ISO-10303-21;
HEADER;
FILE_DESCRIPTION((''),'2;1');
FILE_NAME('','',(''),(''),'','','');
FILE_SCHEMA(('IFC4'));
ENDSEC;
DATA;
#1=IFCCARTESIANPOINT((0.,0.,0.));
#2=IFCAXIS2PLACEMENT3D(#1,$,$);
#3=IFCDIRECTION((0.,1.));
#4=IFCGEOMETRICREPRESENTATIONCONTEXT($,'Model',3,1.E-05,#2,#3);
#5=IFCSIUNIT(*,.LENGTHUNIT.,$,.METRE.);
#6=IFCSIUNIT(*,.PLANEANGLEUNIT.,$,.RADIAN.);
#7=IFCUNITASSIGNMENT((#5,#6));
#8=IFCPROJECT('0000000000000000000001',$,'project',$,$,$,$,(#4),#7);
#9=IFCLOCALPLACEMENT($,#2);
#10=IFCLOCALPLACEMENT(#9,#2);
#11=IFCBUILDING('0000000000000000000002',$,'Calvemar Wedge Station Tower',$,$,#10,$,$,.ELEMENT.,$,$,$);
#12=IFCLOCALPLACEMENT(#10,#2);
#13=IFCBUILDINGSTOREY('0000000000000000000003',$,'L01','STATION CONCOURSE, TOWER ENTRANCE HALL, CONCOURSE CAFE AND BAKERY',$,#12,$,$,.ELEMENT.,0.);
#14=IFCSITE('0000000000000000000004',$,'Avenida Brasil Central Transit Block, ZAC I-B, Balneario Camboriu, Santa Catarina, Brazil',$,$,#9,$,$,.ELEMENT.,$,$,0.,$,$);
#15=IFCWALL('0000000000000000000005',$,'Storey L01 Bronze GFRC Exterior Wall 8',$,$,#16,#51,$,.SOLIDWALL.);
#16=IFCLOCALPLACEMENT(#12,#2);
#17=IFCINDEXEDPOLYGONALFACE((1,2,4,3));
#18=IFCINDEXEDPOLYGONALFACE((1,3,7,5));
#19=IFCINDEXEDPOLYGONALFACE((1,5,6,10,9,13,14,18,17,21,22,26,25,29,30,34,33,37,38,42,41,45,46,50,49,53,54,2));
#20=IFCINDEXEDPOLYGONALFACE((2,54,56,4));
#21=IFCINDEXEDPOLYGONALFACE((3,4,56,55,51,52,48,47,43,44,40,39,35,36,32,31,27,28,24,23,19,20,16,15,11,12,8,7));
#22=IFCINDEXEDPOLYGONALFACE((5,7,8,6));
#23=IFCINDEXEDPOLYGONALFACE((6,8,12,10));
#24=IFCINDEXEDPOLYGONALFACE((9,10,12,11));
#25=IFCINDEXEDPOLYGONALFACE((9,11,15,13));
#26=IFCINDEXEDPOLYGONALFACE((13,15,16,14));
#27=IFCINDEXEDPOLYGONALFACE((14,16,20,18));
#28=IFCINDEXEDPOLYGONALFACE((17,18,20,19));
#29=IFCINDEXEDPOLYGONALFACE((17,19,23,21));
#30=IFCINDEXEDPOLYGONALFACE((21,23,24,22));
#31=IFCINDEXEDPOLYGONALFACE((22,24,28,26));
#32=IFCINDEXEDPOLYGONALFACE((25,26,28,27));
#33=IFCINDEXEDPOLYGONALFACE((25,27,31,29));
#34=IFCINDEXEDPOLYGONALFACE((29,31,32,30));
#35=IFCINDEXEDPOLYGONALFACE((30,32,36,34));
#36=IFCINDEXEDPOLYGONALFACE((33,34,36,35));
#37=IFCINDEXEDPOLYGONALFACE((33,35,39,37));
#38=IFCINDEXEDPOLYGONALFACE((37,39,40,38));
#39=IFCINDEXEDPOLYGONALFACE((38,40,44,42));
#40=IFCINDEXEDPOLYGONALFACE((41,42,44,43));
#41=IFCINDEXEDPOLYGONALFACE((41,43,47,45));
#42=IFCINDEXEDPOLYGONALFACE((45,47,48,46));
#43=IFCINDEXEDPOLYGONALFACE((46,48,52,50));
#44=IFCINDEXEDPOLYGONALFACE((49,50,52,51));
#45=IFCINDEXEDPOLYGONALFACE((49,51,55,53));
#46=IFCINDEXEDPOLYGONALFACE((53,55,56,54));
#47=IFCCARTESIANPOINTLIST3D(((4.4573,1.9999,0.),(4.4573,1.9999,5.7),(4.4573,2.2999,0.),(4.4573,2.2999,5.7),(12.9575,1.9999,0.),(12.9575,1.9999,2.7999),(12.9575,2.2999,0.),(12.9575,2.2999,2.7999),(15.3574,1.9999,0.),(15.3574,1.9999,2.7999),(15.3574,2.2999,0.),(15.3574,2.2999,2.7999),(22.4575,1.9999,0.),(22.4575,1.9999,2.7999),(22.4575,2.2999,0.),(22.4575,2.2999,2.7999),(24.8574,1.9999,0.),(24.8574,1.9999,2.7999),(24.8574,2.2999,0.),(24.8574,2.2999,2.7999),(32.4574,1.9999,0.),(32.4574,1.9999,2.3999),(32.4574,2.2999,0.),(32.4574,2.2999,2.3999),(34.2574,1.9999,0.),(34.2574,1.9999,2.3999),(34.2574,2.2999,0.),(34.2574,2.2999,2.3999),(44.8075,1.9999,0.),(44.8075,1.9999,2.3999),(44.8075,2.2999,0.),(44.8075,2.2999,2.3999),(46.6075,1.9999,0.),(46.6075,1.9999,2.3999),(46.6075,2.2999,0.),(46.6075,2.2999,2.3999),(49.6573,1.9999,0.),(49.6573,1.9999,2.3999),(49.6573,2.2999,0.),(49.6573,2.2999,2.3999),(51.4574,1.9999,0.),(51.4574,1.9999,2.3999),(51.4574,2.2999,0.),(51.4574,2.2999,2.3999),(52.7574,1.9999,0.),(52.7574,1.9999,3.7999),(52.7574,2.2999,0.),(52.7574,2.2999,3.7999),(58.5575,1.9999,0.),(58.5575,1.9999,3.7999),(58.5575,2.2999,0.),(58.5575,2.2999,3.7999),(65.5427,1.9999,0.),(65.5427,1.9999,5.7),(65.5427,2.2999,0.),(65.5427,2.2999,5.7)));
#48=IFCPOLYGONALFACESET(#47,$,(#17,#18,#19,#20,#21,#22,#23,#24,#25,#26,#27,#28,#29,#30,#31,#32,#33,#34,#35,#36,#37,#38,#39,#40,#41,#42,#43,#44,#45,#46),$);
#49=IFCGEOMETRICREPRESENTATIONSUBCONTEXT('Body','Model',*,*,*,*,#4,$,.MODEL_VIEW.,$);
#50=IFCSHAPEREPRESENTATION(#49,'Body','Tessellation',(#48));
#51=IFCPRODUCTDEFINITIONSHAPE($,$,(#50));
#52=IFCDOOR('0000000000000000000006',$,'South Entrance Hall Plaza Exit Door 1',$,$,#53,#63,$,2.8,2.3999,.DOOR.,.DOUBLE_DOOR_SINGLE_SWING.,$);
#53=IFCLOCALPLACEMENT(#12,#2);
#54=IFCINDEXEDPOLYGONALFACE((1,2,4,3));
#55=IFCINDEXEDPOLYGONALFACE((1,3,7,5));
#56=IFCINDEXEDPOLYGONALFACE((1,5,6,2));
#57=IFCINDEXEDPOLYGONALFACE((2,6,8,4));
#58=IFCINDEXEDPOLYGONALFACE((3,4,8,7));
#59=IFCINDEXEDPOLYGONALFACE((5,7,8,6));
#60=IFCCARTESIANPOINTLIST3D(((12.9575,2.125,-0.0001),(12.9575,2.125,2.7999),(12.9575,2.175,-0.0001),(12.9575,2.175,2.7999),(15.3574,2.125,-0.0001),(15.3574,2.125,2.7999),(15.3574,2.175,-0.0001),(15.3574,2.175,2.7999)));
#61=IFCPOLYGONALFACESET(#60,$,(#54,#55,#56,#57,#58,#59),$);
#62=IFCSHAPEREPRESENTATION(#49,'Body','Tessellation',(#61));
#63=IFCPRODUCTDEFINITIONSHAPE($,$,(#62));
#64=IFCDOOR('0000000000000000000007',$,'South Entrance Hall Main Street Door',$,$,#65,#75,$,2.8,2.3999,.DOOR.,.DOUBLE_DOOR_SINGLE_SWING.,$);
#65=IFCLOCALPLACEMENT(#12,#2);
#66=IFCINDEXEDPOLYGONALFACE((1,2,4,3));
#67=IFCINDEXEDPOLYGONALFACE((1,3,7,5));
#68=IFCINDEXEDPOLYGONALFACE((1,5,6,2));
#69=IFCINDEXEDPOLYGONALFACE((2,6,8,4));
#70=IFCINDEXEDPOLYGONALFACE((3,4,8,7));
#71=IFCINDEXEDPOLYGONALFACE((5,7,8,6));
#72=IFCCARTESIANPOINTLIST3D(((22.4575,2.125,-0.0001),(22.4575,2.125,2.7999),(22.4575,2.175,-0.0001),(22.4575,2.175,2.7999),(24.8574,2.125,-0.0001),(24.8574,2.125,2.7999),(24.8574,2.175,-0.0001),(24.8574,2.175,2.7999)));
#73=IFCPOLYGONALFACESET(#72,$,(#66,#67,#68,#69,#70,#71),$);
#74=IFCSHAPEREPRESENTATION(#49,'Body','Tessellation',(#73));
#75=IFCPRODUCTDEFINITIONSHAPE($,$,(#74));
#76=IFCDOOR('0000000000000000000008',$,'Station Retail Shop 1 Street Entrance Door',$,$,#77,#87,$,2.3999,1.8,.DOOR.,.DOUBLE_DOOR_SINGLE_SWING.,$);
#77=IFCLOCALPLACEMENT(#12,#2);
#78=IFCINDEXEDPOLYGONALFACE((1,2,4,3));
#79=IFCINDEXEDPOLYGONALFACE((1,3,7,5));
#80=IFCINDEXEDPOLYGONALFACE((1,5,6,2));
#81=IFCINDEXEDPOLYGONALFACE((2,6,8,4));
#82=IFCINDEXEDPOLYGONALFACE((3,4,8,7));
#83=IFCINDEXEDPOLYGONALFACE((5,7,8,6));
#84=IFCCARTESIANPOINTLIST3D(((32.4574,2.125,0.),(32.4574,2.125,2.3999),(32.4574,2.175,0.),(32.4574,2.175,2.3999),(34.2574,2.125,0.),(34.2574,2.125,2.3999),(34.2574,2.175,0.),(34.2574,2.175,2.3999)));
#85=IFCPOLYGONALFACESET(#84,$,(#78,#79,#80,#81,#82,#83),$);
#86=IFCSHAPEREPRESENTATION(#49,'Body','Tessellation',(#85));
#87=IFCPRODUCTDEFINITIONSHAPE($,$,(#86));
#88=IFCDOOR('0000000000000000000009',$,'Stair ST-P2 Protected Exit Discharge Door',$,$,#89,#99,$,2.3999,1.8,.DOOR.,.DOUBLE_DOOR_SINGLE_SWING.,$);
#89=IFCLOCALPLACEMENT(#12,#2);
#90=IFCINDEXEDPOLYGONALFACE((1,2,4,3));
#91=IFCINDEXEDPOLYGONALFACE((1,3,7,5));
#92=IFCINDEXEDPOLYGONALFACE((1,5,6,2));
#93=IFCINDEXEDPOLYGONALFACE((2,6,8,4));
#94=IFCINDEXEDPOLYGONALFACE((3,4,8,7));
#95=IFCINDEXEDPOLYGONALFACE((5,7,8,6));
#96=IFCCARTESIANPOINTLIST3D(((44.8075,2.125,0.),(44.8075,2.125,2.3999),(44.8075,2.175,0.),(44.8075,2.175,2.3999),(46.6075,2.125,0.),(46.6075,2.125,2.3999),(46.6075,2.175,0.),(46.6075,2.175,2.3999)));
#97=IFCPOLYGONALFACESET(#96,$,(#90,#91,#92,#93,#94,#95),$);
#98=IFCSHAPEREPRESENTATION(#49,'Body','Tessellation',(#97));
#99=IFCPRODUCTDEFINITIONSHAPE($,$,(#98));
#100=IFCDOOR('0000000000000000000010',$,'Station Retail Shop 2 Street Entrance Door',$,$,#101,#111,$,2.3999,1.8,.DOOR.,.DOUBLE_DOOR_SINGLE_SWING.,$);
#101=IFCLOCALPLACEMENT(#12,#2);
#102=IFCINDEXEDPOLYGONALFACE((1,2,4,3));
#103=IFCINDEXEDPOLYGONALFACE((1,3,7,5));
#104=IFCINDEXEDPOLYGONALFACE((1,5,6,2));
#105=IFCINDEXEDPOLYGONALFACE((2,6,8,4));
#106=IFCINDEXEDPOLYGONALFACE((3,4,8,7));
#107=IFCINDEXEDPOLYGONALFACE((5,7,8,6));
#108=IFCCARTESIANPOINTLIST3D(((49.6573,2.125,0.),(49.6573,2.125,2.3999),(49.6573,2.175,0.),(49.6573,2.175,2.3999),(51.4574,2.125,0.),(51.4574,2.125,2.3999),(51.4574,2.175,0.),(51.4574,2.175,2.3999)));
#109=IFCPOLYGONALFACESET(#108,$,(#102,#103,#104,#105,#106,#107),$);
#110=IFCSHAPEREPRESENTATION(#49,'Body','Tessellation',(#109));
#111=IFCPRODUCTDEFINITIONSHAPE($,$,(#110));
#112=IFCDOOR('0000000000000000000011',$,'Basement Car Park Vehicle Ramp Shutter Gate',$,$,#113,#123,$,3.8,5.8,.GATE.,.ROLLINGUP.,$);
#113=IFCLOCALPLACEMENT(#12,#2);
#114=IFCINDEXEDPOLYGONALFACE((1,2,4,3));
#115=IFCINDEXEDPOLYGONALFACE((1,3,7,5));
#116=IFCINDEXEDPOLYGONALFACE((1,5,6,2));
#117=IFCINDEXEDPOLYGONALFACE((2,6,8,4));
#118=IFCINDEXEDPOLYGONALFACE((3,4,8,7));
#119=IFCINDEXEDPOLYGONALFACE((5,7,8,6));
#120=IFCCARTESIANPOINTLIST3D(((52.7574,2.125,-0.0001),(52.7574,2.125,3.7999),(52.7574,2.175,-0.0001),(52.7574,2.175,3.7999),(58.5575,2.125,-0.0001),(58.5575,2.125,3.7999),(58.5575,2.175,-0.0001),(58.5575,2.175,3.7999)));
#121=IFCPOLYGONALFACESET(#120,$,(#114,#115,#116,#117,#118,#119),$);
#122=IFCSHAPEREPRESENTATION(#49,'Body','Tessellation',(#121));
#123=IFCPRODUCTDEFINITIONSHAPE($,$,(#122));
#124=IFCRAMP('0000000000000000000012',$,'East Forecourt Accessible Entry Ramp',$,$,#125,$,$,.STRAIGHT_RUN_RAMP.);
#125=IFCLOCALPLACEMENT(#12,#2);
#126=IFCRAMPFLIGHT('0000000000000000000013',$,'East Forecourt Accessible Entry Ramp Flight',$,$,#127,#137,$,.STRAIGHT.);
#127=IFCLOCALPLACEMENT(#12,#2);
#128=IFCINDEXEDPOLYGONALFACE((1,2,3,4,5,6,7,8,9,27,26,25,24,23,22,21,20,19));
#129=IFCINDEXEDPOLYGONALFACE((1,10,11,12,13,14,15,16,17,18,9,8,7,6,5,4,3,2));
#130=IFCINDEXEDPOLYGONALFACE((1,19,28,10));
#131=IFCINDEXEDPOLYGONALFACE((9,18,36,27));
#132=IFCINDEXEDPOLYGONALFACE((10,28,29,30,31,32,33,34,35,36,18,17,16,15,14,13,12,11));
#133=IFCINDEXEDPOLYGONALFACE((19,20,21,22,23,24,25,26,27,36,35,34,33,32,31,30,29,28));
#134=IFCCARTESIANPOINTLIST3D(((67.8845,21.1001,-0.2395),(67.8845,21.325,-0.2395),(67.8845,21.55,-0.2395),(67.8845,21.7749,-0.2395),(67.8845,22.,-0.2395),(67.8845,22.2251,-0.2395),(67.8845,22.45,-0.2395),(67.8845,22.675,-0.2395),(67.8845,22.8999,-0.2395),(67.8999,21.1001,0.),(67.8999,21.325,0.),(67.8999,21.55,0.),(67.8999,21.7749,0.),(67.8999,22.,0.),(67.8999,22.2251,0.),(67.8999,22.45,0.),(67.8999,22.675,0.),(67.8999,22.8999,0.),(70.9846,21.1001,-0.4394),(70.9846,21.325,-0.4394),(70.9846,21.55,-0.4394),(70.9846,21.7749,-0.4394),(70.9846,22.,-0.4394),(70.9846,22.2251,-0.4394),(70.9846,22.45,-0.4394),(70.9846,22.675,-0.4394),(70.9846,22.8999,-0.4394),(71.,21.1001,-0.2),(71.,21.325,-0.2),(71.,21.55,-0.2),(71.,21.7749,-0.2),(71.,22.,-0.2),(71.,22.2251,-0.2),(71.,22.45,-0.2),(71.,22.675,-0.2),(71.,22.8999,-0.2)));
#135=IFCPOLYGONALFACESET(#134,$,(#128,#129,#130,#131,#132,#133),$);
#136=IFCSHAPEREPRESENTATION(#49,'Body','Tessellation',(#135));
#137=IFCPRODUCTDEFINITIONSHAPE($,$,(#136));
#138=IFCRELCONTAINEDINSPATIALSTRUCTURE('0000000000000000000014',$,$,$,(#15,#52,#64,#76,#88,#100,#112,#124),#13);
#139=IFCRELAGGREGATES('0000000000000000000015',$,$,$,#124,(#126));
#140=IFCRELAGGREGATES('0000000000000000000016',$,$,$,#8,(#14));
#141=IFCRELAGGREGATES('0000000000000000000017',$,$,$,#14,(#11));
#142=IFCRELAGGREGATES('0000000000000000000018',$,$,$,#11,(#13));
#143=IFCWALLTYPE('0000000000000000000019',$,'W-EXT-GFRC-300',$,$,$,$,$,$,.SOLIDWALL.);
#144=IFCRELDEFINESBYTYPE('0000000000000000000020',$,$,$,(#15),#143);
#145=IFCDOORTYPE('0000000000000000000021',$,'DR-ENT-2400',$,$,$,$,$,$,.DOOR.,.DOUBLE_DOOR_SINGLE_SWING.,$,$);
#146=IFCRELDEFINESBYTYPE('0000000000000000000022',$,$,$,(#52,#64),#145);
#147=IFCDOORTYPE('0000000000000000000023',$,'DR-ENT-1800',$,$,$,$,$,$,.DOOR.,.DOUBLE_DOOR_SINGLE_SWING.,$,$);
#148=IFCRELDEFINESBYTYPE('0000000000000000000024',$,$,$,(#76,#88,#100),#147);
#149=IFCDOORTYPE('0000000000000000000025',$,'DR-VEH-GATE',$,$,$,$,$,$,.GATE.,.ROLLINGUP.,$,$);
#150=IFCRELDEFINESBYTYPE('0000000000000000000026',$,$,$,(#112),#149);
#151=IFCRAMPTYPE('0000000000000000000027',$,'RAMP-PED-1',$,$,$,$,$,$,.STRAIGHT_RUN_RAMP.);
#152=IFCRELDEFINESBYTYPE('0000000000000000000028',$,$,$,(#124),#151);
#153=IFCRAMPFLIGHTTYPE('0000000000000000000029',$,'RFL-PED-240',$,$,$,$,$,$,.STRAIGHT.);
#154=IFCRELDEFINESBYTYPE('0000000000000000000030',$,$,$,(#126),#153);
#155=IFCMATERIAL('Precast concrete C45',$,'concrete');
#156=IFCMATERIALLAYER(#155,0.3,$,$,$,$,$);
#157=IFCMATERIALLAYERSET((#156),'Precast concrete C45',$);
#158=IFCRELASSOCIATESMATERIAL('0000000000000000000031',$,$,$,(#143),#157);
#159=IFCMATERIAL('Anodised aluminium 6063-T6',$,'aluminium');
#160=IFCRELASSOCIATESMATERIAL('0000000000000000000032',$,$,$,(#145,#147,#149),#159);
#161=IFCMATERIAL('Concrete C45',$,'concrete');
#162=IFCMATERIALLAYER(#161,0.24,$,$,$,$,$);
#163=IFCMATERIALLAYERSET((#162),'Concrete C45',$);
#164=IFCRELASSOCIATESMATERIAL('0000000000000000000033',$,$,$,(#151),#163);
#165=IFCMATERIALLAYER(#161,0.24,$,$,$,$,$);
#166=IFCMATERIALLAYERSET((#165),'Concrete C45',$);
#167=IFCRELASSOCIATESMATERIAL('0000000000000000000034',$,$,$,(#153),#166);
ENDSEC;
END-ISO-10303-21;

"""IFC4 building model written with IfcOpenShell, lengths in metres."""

from ifc_helpers import new_model, si_unit, direction, frame, frame_2d, origin, place, context, subcontext, project, spatial, polyline, rectangle, outline, extrude, source, transform, mapped, material, layer, layer_set, type_object, element, fill, aggregate, save


model = new_model("IFC4")

# Units and contexts
model_context = context("Model", 3, precision=1e-05, world=origin(), true_north=direction((0.0, 1.0)))
body_context = subcontext(model_context, "Body", "Model", "MODEL_VIEW")
ifc_project = project(units=[si_unit("LENGTHUNIT", "METRE"), si_unit("PLANEANGLEUNIT", "RADIAN")], contexts=[model_context])

# Site, building, storey
site_placement = place(None, origin())
site = spatial("IfcSite", under=ifc_project, at=site_placement, Name="Avenida Brasil Central Transit Block, ZAC I-B, Balneario Camboriu, Santa Catarina, Brazil", CompositionType="ELEMENT", RefElevation=0.0)
building_placement = place(site_placement, origin())
building = spatial("IfcBuilding", under=site, at=building_placement, Name="Calvemar Wedge Station Tower", CompositionType="ELEMENT")
storey_placement = place(building_placement, origin())
storey = spatial("IfcBuildingStorey", under=building, at=storey_placement, Name="L01", Description="STATION CONCOURSE, TOWER ENTRANCE HALL, CONCOURSE CAFE AND BAKERY", CompositionType="ELEMENT", Elevation=0.0)

# Shared definitions
ifc_material_1 = material(Name="Concrete C45", Category="concrete")

# Shared definitions
ifc_material_2 = material(Name="Precast concrete C45", Category="concrete")
ifc_layer_1 = layer(ifc_material_2, 0.3)
ifc_layer_set_1 = layer_set([ifc_layer_1], Name="Precast concrete C45")
wall_type = type_object("IfcWallType", Name="W-EXT-GFRC-300", PredefinedType="SOLIDWALL", material=ifc_layer_set_1)

# Wall, openings, doors
wall_1_placement = place(storey_placement, frame((65.5427, 2.1499, 0.0), z_axis=(0.0, 0.0, 1.0), x_axis=(-1.0, 0.0, 0.0)))
wall_1 = element("IfcWall", 1, at=wall_1_placement, inside=storey, type_object=wall_type, Name="Storey L01 Bronze GFRC Exterior Wall 8", PredefinedType="SOLIDWALL", context=body_context, shape_type="SweptSolid", body=[
    extrude(rectangle(XDim=61.0854, YDim=0.3, at=frame_2d((30.5427, 0.0))), origin(), (0.0, 0.0, 1.0), 5.7),
])
shared_shape_1 = source(origin(), body_context, "Body", "SweptSolid", [
    extrude(rectangle(XDim=2.3999, YDim=2.8, at=frame_2d((1.2, 1.3999))), frame((0.0, 0.1602, 0.0), z_axis=(0.0, -1.0, 0.0), x_axis=(1.0, 0.0, 0.0)), (0.0, 0.0, 1.0), 0.3201),
])
opening_1_placement = place(wall_1_placement, frame((50.1853, 0.0, 0.0)))
opening_1 = element("IfcOpeningElement", 2, at=opening_1_placement, cuts=wall_1, PredefinedType="OPENING", context=body_context, shape_type="MappedRepresentation", body=[
    mapped(shared_shape_1, transform((0.0, 0.0, 0.0), scale=1.0)),
])
opening_2_placement = place(wall_1_placement, frame((40.6853, 0.0, 0.0)))
opening_2 = element("IfcOpeningElement", 3, at=opening_2_placement, cuts=wall_1, PredefinedType="OPENING", context=body_context, shape_type="MappedRepresentation", body=[
    mapped(shared_shape_1, transform((0.0, 0.0, 0.0), scale=1.0)),
])
shared_shape_2 = source(origin(), body_context, "Body", "SweptSolid", [
    extrude(rectangle(XDim=1.8, YDim=2.3999, at=frame_2d((0.8999, 1.2))), frame((0.0, 0.1602, 0.0), z_axis=(0.0, -1.0, 0.0), x_axis=(1.0, 0.0, 0.0)), (0.0, 0.0, 1.0), 0.3201),
])
opening_3_placement = place(wall_1_placement, frame((31.2854, 0.0, 0.0)))
opening_3 = element("IfcOpeningElement", 4, at=opening_3_placement, cuts=wall_1, PredefinedType="OPENING", context=body_context, shape_type="MappedRepresentation", body=[
    mapped(shared_shape_2, transform((0.0, 0.0, 0.0), scale=1.0)),
])
opening_4_placement = place(wall_1_placement, frame((18.9353, 0.0, 0.0)))
opening_4 = element("IfcOpeningElement", 5, at=opening_4_placement, cuts=wall_1, PredefinedType="OPENING", context=body_context, shape_type="MappedRepresentation", body=[
    mapped(shared_shape_2, transform((0.0, 0.0, 0.0), scale=1.0)),
])
opening_5_placement = place(wall_1_placement, frame((14.0854, 0.0, 0.0)))
opening_5 = element("IfcOpeningElement", 6, at=opening_5_placement, cuts=wall_1, PredefinedType="OPENING", context=body_context, shape_type="MappedRepresentation", body=[
    mapped(shared_shape_2, transform((0.0, 0.0, 0.0), scale=1.0)),
])
shared_shape_3 = source(origin(), body_context, "Body", "SweptSolid", [
    extrude(rectangle(XDim=5.8, YDim=3.8, at=frame_2d((2.8999, 1.8999))), frame((0.0, 0.1602, 0.0), z_axis=(0.0, -1.0, 0.0), x_axis=(1.0, 0.0, 0.0)), (0.0, 0.0, 1.0), 0.3201),
])
opening_6_placement = place(wall_1_placement, frame((6.9854, 0.0, 0.0)))
opening_6 = element("IfcOpeningElement", 7, at=opening_6_placement, cuts=wall_1, PredefinedType="OPENING", context=body_context, shape_type="MappedRepresentation", body=[
    mapped(shared_shape_3, transform((0.0, 0.0, 0.0), scale=1.0)),
])
ifc_material_3 = material(Name="Anodised aluminium 6063-T6", Category="aluminium")
door_type_1 = type_object("IfcDoorType", Name="DR-ENT-2400", OperationType="DOUBLE_DOOR_SINGLE_SWING", PredefinedType="DOOR", material=ifc_material_3)
shared_shape_4 = source(origin(), body_context, "Body", "SweptSolid", [
    extrude(rectangle(XDim=2.3999, YDim=2.8, at=frame_2d((1.2, 1.3999))), frame((0.0, 0.0249, 0.0), z_axis=(0.0, -1.0, 0.0), x_axis=(1.0, 0.0, 0.0)), (0.0, 0.0, 1.0), 0.05),
])
door_1_placement = place(opening_1_placement, origin())
door_1 = element("IfcDoor", 8, at=door_1_placement, inside=storey, type_object=door_type_1, Name="South Entrance Hall Plaza Exit Door 1", OperationType="DOUBLE_DOOR_SINGLE_SWING", OverallHeight=2.8, OverallWidth=2.3999, PredefinedType="DOOR", context=body_context, shape_type="MappedRepresentation", body=[
    mapped(shared_shape_4, transform((0.0, 0.0, 0.0), scale=1.0)),
])
fill(opening_1, door_1)
door_2_placement = place(opening_2_placement, origin())
door_2 = element("IfcDoor", 9, at=door_2_placement, inside=storey, type_object=door_type_1, Name="South Entrance Hall Main Street Door", OperationType="DOUBLE_DOOR_SINGLE_SWING", OverallHeight=2.8, OverallWidth=2.3999, PredefinedType="DOOR", context=body_context, shape_type="MappedRepresentation", body=[
    mapped(shared_shape_4, transform((0.0, 0.0, 0.0), scale=1.0)),
])
fill(opening_2, door_2)
door_type_2 = type_object("IfcDoorType", Name="DR-ENT-1800", OperationType="DOUBLE_DOOR_SINGLE_SWING", PredefinedType="DOOR", material=ifc_material_3)
shared_shape_5 = source(origin(), body_context, "Body", "SweptSolid", [
    extrude(rectangle(XDim=1.8, YDim=2.3999, at=frame_2d((0.8999, 1.2))), frame((0.0, 0.0249, 0.0), z_axis=(0.0, -1.0, 0.0), x_axis=(1.0, 0.0, 0.0)), (0.0, 0.0, 1.0), 0.05),
])
door_3_placement = place(opening_3_placement, origin())
door_3 = element("IfcDoor", 10, at=door_3_placement, inside=storey, type_object=door_type_2, Name="Station Retail Shop 1 Street Entrance Door", OperationType="DOUBLE_DOOR_SINGLE_SWING", OverallHeight=2.3999, OverallWidth=1.8, PredefinedType="DOOR", context=body_context, shape_type="MappedRepresentation", body=[
    mapped(shared_shape_5, transform((0.0, 0.0, 0.0), scale=1.0)),
])
fill(opening_3, door_3)
door_4_placement = place(opening_4_placement, origin())
door_4 = element("IfcDoor", 11, at=door_4_placement, inside=storey, type_object=door_type_2, Name="Stair ST-P2 Protected Exit Discharge Door", OperationType="DOUBLE_DOOR_SINGLE_SWING", OverallHeight=2.3999, OverallWidth=1.8, PredefinedType="DOOR", context=body_context, shape_type="MappedRepresentation", body=[
    mapped(shared_shape_5, transform((0.0, 0.0, 0.0), scale=1.0)),
])
fill(opening_4, door_4)
door_5_placement = place(opening_5_placement, origin())
door_5 = element("IfcDoor", 12, at=door_5_placement, inside=storey, type_object=door_type_2, Name="Station Retail Shop 2 Street Entrance Door", OperationType="DOUBLE_DOOR_SINGLE_SWING", OverallHeight=2.3999, OverallWidth=1.8, PredefinedType="DOOR", context=body_context, shape_type="MappedRepresentation", body=[
    mapped(shared_shape_5, transform((0.0, 0.0, 0.0), scale=1.0)),
])
fill(opening_5, door_5)
door_type_3 = type_object("IfcDoorType", Name="DR-VEH-GATE", OperationType="ROLLINGUP", PredefinedType="GATE", material=ifc_material_3)
shared_shape_6 = source(origin(), body_context, "Body", "SweptSolid", [
    extrude(rectangle(XDim=5.8, YDim=3.8, at=frame_2d((2.8999, 1.8999))), frame((0.0, 0.0249, 0.0), z_axis=(0.0, -1.0, 0.0), x_axis=(1.0, 0.0, 0.0)), (0.0, 0.0, 1.0), 0.05),
])
door_6_placement = place(opening_6_placement, origin())
door_6 = element("IfcDoor", 13, at=door_6_placement, inside=storey, type_object=door_type_3, Name="Basement Car Park Vehicle Ramp Shutter Gate", OperationType="ROLLINGUP", OverallHeight=3.8, OverallWidth=5.8, PredefinedType="GATE", context=body_context, shape_type="MappedRepresentation", body=[
    mapped(shared_shape_6, transform((0.0, 0.0, 0.0), scale=1.0)),
])
fill(opening_6, door_6)

# Ramp, ramp flight
ifc_layer_2 = layer(ifc_material_1, 0.24)
ifc_layer_set_2 = layer_set([ifc_layer_2], Name="Concrete C45")
ramp_type = type_object("IfcRampType", Name="RAMP-PED-1", PredefinedType="STRAIGHT_RUN_RAMP", material=ifc_layer_set_2)
ramp_placement = place(storey_placement, origin())
ramp = element("IfcRamp", 14, at=ramp_placement, inside=storey, type_object=ramp_type, Name="East Forecourt Accessible Entry Ramp", PredefinedType="STRAIGHT_RUN_RAMP")
ifc_layer_3 = layer(ifc_material_1, 0.24)
ifc_layer_set_3 = layer_set([ifc_layer_3], Name="Concrete C45")
ramp_flight_type = type_object("IfcRampFlightType", Name="RFL-PED-240", PredefinedType="STRAIGHT", material=ifc_layer_set_3)
ramp_flight_placement = place(storey_placement, frame((71.0, 22.8999, -0.2), z_axis=(0.064365, 0.0, 0.997926), x_axis=(-0.997926, 0.0, 0.064365)))
ramp_flight = element("IfcRampFlight", 15, at=ramp_flight_placement, type_object=ramp_flight_type, Name="East Forecourt Accessible Entry Ramp Flight", PredefinedType="STRAIGHT", context=body_context, shape_type="SweptSolid", body=[
    extrude(outline(polyline([(0.0, 0.0), (3.1065, 0.0), (3.1065, 0.2249), (3.1065, 0.45), (3.1065, 0.6748), (3.1065, 0.8999), (3.1065, 1.125), (3.1065, 1.3499), (3.1065, 1.575), (3.1065, 1.7998), (0.0, 1.7998), (0.0, 1.575), (0.0, 1.3499), (0.0, 1.125), (0.0, 0.8999), (0.0, 0.6748), (0.0, 0.45), (0.0, 0.2249), (0.0, 0.0)])), origin(), (0.0, 0.0, -1.0), 0.24),
])
aggregate(ramp, [ramp_flight])

save(model, "model.ifc")
